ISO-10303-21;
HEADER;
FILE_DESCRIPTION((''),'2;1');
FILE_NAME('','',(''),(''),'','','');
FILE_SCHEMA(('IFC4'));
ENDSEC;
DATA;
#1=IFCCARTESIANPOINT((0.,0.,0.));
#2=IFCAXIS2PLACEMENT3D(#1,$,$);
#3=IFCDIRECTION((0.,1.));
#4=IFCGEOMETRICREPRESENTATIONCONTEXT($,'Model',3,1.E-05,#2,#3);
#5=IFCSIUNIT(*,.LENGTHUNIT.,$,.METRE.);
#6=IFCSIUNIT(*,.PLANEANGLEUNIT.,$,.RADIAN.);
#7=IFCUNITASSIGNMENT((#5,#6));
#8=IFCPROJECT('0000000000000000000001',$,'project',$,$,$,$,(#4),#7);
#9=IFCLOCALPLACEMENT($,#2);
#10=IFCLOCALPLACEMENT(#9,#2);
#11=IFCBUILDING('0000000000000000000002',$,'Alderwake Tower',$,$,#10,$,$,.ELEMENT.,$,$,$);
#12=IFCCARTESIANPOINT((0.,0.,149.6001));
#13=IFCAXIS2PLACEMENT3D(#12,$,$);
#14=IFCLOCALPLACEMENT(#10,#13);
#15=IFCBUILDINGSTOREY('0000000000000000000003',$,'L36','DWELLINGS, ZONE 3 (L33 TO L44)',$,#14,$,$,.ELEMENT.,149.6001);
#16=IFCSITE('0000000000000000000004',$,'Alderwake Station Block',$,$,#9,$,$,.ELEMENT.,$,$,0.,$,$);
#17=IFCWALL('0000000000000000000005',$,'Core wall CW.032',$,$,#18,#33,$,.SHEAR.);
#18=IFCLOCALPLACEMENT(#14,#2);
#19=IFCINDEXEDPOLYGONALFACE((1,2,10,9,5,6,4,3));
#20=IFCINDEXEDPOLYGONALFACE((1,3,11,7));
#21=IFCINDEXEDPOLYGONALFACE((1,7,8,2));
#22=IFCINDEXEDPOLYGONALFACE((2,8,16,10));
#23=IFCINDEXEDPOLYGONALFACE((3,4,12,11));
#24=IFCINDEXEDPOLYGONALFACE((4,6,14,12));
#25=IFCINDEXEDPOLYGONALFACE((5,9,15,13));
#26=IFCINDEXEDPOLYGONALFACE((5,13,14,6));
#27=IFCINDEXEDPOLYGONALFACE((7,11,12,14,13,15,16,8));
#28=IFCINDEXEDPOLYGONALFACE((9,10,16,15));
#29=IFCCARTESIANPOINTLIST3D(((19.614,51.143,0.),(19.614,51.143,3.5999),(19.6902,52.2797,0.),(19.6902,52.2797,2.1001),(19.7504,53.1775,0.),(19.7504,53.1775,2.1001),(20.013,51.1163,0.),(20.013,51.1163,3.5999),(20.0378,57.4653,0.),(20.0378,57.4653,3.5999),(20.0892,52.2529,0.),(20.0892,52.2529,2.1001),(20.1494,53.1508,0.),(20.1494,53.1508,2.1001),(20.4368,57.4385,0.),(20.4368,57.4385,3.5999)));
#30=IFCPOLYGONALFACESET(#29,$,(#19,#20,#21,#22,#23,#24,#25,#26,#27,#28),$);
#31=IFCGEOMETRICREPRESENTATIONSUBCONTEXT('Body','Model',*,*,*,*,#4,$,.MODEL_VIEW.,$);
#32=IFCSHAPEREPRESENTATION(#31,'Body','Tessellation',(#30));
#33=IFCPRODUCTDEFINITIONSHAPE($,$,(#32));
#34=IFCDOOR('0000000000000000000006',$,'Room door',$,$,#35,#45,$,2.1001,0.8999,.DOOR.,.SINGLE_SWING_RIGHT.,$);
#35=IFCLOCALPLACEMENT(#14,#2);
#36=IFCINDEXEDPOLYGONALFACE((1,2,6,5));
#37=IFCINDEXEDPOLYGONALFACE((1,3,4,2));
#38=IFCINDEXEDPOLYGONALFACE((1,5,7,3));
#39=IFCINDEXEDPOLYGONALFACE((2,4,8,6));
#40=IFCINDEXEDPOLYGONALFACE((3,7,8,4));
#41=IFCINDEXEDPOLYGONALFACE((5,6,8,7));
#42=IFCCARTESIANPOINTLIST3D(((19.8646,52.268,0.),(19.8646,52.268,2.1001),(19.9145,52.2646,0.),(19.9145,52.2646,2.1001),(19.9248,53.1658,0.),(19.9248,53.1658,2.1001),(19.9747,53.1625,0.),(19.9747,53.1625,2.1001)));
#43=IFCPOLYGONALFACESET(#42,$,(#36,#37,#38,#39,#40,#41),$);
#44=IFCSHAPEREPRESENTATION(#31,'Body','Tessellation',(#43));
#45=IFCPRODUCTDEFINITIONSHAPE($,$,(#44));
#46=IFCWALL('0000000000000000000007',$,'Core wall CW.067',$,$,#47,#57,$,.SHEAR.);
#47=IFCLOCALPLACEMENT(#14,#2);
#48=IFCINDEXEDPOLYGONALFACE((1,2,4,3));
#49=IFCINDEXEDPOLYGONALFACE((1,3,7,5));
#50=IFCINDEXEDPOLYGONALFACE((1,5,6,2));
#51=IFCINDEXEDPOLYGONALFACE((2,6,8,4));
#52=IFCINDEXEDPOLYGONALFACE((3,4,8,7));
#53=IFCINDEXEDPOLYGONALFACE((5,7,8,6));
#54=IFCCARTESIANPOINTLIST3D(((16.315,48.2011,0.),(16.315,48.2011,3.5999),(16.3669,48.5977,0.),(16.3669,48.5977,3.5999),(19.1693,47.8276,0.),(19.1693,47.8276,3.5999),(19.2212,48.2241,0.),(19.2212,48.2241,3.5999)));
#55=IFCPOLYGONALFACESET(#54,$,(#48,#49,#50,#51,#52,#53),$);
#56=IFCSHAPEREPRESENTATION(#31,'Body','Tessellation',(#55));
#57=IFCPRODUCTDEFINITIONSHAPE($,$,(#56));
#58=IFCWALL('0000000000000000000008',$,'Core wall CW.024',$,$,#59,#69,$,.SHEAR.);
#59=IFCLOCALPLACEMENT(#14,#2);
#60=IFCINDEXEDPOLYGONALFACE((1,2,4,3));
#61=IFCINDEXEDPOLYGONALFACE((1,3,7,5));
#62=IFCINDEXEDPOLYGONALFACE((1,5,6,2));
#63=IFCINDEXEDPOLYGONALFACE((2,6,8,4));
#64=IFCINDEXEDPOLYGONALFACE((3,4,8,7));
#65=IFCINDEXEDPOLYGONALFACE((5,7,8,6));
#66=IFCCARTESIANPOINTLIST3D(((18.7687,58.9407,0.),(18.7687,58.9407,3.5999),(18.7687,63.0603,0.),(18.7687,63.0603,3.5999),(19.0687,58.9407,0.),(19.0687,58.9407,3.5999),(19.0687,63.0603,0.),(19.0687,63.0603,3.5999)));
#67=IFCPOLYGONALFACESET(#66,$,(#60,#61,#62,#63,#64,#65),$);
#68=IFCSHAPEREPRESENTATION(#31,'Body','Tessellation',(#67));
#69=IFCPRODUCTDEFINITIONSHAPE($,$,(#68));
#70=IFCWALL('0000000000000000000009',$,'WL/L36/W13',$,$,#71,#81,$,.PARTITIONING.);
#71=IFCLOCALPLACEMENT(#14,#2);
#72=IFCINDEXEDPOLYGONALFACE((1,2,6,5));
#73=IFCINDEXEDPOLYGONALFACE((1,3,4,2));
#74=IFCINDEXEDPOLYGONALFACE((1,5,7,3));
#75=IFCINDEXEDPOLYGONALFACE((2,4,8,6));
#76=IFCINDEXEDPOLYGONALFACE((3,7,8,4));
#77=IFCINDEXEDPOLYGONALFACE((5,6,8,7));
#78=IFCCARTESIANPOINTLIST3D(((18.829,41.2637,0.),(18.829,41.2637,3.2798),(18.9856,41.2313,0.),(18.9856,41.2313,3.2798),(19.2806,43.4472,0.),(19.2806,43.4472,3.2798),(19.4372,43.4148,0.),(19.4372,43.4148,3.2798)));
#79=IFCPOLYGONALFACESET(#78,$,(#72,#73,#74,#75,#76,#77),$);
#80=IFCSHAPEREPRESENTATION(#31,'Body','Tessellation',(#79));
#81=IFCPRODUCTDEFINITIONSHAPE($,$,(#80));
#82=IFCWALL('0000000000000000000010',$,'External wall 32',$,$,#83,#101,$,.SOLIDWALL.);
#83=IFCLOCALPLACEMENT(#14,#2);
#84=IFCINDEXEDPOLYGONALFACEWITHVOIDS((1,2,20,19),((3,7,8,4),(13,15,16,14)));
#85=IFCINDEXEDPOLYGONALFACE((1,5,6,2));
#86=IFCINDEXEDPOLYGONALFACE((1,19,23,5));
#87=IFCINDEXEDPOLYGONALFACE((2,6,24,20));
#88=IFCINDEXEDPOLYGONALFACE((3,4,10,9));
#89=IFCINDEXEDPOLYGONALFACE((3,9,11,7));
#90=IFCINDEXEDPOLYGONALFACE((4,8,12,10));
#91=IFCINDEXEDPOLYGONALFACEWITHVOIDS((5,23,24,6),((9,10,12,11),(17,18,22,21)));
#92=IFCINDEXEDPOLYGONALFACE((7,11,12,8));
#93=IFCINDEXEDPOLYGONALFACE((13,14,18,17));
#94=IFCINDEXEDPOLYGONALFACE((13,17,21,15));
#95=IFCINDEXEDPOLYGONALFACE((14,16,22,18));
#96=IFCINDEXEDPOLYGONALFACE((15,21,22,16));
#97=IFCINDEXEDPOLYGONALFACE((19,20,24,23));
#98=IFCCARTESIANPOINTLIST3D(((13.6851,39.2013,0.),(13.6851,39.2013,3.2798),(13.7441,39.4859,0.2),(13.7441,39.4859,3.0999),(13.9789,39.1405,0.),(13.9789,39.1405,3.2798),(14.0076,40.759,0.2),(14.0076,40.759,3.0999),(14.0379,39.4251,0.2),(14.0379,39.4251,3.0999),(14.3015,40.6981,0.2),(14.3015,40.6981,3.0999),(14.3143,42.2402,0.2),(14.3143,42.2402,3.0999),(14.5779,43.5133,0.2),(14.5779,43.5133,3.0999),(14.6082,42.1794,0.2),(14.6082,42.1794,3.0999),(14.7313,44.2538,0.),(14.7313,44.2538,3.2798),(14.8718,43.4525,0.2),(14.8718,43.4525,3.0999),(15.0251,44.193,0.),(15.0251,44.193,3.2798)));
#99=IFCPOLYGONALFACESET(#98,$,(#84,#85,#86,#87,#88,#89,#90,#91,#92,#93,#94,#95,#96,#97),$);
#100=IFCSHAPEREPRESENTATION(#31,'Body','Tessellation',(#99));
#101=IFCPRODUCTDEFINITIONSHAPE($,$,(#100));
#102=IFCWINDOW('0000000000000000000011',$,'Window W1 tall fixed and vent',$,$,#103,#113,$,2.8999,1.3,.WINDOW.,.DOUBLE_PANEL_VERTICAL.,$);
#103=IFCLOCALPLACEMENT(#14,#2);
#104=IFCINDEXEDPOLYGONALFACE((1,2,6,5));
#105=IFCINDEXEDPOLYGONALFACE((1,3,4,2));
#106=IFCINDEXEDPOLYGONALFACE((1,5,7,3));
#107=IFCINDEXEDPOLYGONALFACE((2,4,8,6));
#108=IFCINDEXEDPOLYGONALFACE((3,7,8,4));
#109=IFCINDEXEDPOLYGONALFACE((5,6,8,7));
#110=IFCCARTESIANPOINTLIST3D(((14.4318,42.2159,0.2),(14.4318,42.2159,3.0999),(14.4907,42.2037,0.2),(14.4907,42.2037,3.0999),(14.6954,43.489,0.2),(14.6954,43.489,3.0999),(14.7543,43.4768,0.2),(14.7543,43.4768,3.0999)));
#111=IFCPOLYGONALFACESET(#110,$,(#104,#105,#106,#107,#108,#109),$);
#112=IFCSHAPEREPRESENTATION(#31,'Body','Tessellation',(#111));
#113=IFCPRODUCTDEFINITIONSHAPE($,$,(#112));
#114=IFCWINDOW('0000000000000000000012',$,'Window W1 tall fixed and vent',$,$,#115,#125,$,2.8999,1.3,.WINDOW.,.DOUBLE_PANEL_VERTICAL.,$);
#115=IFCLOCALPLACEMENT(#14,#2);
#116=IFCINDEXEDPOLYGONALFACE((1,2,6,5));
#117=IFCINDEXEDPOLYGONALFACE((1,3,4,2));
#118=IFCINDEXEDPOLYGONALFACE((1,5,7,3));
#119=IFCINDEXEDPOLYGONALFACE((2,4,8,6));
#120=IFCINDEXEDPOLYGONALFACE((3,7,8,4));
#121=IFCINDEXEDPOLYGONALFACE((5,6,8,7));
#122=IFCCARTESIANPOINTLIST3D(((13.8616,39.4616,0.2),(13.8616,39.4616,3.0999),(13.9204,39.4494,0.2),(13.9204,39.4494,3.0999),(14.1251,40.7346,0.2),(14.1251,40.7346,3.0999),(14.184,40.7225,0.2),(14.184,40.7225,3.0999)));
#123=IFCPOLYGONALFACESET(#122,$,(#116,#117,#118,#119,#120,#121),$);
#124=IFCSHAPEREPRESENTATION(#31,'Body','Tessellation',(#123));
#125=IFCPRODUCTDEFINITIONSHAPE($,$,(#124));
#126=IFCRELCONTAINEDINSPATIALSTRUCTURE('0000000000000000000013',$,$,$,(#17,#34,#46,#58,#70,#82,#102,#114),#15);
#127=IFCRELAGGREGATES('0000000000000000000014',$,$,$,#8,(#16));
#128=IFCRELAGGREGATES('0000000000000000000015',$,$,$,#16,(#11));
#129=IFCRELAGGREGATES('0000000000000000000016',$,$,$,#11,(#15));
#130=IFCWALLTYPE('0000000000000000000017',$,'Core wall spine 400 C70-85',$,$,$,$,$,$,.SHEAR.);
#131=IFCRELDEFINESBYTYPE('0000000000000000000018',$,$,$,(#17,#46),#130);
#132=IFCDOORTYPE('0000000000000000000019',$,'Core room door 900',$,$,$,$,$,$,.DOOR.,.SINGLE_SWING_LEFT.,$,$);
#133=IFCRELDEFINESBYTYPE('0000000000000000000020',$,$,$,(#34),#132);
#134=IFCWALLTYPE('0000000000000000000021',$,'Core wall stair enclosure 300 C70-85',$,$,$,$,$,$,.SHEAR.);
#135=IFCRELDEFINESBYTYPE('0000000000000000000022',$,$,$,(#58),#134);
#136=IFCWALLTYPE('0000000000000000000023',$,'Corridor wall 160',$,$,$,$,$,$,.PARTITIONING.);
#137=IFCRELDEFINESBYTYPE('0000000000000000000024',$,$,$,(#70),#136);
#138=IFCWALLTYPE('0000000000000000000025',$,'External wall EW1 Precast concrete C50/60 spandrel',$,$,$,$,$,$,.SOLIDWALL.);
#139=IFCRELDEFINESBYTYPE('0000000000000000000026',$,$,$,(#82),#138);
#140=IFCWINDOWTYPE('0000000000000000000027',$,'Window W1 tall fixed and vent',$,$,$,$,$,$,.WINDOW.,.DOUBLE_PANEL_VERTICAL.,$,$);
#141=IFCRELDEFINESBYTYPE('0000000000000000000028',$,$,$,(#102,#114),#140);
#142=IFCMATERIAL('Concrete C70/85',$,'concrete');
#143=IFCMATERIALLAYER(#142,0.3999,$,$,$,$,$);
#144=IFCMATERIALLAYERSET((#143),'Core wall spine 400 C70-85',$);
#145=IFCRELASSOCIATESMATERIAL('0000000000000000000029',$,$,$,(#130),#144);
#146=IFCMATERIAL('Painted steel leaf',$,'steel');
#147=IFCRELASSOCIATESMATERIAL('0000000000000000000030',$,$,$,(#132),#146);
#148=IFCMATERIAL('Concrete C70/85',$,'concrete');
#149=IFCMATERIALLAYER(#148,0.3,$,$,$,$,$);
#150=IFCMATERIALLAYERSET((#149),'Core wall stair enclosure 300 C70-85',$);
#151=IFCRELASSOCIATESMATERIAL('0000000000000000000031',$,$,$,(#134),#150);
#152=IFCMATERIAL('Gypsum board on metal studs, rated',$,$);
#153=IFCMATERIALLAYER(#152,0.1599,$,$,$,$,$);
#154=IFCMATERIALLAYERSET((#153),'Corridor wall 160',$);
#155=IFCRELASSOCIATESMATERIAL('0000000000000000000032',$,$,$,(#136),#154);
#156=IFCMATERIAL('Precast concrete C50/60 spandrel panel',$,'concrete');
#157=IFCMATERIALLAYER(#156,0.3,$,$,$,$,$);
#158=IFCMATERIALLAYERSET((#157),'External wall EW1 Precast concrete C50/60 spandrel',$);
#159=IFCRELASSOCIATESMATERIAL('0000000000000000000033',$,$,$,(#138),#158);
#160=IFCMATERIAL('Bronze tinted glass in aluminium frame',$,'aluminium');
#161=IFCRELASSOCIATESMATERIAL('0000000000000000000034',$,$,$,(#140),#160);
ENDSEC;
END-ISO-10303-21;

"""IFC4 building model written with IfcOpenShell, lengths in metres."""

from ifc_helpers import new_model, si_unit, direction, frame, frame_2d, origin, place, context, subcontext, project, spatial, rectangle, extrude, material, layer, layer_set, type_object, element, fill, save


model = new_model("IFC4")

# Units and contexts
model_context = context("Model", 3, precision=1e-05, world=origin(), true_north=direction((0.0, 1.0)))
body_context = subcontext(model_context, "Body", "Model", "MODEL_VIEW")
ifc_project = project(units=[si_unit("LENGTHUNIT", "METRE"), si_unit("PLANEANGLEUNIT", "RADIAN")], contexts=[model_context])

# Site, building, storey
site_placement = place(None, origin())
site = spatial("IfcSite", under=ifc_project, at=site_placement, Name="Alderwake Station Block", CompositionType="ELEMENT", RefElevation=0.0)
building_placement = place(site_placement, origin())
building = spatial("IfcBuilding", under=site, at=building_placement, Name="Alderwake Tower", CompositionType="ELEMENT")
storey_placement = place(building_placement, frame((0.0, 0.0, 149.6001)))
storey = spatial("IfcBuildingStorey", under=building, at=storey_placement, Name="L36", Description="DWELLINGS, ZONE 3 (L33 TO L44)", CompositionType="ELEMENT", Elevation=149.6001)

# Shared definitions
ifc_material_1 = material(Name="Concrete C70/85", Category="concrete")
ifc_layer_1 = layer(ifc_material_1, 0.3999)
ifc_layer_set_1 = layer_set([ifc_layer_1], Name="Core wall spine 400 C70-85")
wall_type_1 = type_object("IfcWallType", Name="Core wall spine 400 C70-85", PredefinedType="SHEAR", material=ifc_layer_set_1)

# Wall, opening, door
wall_1_placement = place(storey_placement, frame((20.2373, 57.4519, 0.0), z_axis=(0.0, 0.0, 1.0), x_axis=(-0.066887, -0.997761, 0.0)))
wall_1 = element("IfcWall", 1, at=wall_1_placement, inside=storey, type_object=wall_type_1, Name="Core wall CW.032", PredefinedType="SHEAR", context=body_context, shape_type="SweptSolid", body=[
    extrude(rectangle(XDim=6.3364, YDim=0.3999, at=frame_2d((3.1682, 0.0))), origin(), (0.0, 0.0, 1.0), 3.5999),
])
opening_1_placement = place(wall_1_placement, frame((4.2974, 0.0, 0.0)))
opening_1 = element("IfcOpeningElement", 2, at=opening_1_placement, cuts=wall_1, PredefinedType="OPENING", context=body_context, shape_type="SweptSolid", body=[
    extrude(rectangle(XDim=0.8999, YDim=2.1001, at=frame_2d((0.45, 1.05))), frame((0.0, 0.21, 0.0), z_axis=(0.0, -1.0, 0.0), x_axis=(1.0, 0.0, 0.0)), (0.0, 0.0, 1.0), 0.4199),
])
ifc_material_2 = material(Name="Painted steel leaf", Category="steel")
door_type_1 = type_object("IfcDoorType", Name="Core room door 900", OperationType="SINGLE_SWING_LEFT", PredefinedType="DOOR", material=ifc_material_2)
door_1_placement = place(opening_1_placement, origin())
door_1 = element("IfcDoor", 3, at=door_1_placement, inside=storey, type_object=door_type_1, Name="Room door", OperationType="SINGLE_SWING_RIGHT", OverallHeight=2.1001, OverallWidth=0.8999, PredefinedType="DOOR", context=body_context, shape_type="SweptSolid", body=[
    extrude(rectangle(XDim=0.8999, YDim=2.1001, at=frame_2d((0.45, 1.05))), frame((0.0, 0.0249, 0.0), z_axis=(0.0, -1.0, 0.0), x_axis=(1.0, 0.0, 0.0)), (0.0, 0.0, 1.0), 0.05),
])
fill(opening_1, door_1)

# Walls
wall_2_placement = place(storey_placement, frame((16.3408, 48.3994, 0.0), z_axis=(0.0, 0.0, 1.0), x_axis=(0.991545, -0.129763, 0.0)))
element("IfcWall", 4, at=wall_2_placement, inside=storey, type_object=wall_type_1, Name="Core wall CW.067", PredefinedType="SHEAR", context=body_context, shape_type="SweptSolid", body=[
    extrude(rectangle(XDim=2.8787, YDim=0.3999, at=frame_2d((1.4395, 0.0))), origin(), (0.0, 0.0, 1.0), 3.5999),
])
ifc_material_3 = material(Name="Concrete C70/85", Category="concrete")
ifc_layer_2 = layer(ifc_material_3, 0.3)
ifc_layer_set_2 = layer_set([ifc_layer_2], Name="Core wall stair enclosure 300 C70-85")
wall_type_2 = type_object("IfcWallType", Name="Core wall stair enclosure 300 C70-85", PredefinedType="SHEAR", material=ifc_layer_set_2)
wall_3_placement = place(storey_placement, frame((18.9187, 58.9407, 0.0), z_axis=(0.0, 0.0, 1.0), x_axis=(0.0, 1.0, 0.0)))
element("IfcWall", 5, at=wall_3_placement, inside=storey, type_object=wall_type_2, Name="Core wall CW.024", PredefinedType="SHEAR", context=body_context, shape_type="SweptSolid", body=[
    extrude(rectangle(XDim=4.1196, YDim=0.3, at=frame_2d((2.0598, 0.0))), origin(), (0.0, 0.0, 1.0), 3.5999),
])
ifc_material_4 = material(Name="Gypsum board on metal studs, rated")
ifc_layer_3 = layer(ifc_material_4, 0.1599)
ifc_layer_set_3 = layer_set([ifc_layer_3], Name="Corridor wall 160")
wall_type_3 = type_object("IfcWallType", Name="Corridor wall 160", PredefinedType="PARTITIONING", material=ifc_layer_set_3)
wall_4_placement = place(storey_placement, frame((19.3589, 43.4309, 0.0), z_axis=(0.0, 0.0, 1.0), x_axis=(-0.202555, -0.979271, 0.0)))
element("IfcWall", 6, at=wall_4_placement, inside=storey, type_object=wall_type_3, Name="WL/L36/W13", PredefinedType="PARTITIONING", context=body_context, shape_type="SweptSolid", body=[
    extrude(rectangle(XDim=2.2297, YDim=0.1599, at=frame_2d((1.1147, 0.0))), origin(), (0.0, 0.0, 1.0), 3.2798),
])

# Wall, openings, windows
ifc_material_5 = material(Name="Precast concrete C50/60 spandrel panel", Category="concrete")
ifc_layer_4 = layer(ifc_material_5, 0.3)
ifc_layer_set_4 = layer_set([ifc_layer_4], Name="External wall EW1 Precast concrete C50/60 spandrel")
wall_type_4 = type_object("IfcWallType", Name="External wall EW1 Precast concrete C50/60 spandrel", PredefinedType="SOLIDWALL", material=ifc_layer_set_4)
wall_5_placement = place(storey_placement, frame((14.8782, 44.2234, 0.0), z_axis=(0.0, 0.0, 1.0), x_axis=(-0.202754, -0.97923, 0.0)))
wall_5 = element("IfcWall", 7, at=wall_5_placement, inside=storey, type_object=wall_type_4, Name="External wall 32", PredefinedType="SOLIDWALL", context=body_context, shape_type="SweptSolid", body=[
    extrude(rectangle(XDim=5.1597, YDim=0.3, at=frame_2d((2.5798, 0.0))), origin(), (0.0, 0.0, 1.0), 3.2798),
])
opening_2_placement = place(wall_5_placement, frame((0.7563, 0.0, 0.2)))
opening_2 = element("IfcOpeningElement", 8, at=opening_2_placement, cuts=wall_5, PredefinedType="OPENING", context=body_context, shape_type="SweptSolid", body=[
    extrude(rectangle(XDim=1.3, YDim=2.8999, at=frame_2d((0.6499, 1.45))), frame((0.0, 0.1599, 0.0), z_axis=(0.0, -1.0, 0.0), x_axis=(1.0, 0.0, 0.0)), (0.0, 0.0, 1.0), 0.3201),
])
opening_3_placement = place(wall_5_placement, frame((3.5691, 0.0, 0.2)))
opening_3 = element("IfcOpeningElement", 9, at=opening_3_placement, cuts=wall_5, PredefinedType="OPENING", context=body_context, shape_type="SweptSolid", body=[
    extrude(rectangle(XDim=1.3, YDim=2.8999, at=frame_2d((0.6499, 1.45))), frame((0.0, 0.1599, 0.0), z_axis=(0.0, -1.0, 0.0), x_axis=(1.0, 0.0, 0.0)), (0.0, 0.0, 1.0), 0.3201),
])
ifc_material_6 = material(Name="Bronze tinted glass in aluminium frame", Category="aluminium")
window_type = type_object("IfcWindowType", Name="Window W1 tall fixed and vent", PartitioningType="DOUBLE_PANEL_VERTICAL", PredefinedType="WINDOW", material=ifc_material_6)
window_1_placement = place(opening_2_placement, origin())
window_1 = element("IfcWindow", 10, at=window_1_placement, inside=storey, type_object=window_type, Name="Window W1 tall fixed and vent", OverallHeight=2.8999, OverallWidth=1.3, PartitioningType="DOUBLE_PANEL_VERTICAL", PredefinedType="WINDOW", context=body_context, shape_type="SweptSolid", body=[
    extrude(rectangle(XDim=1.3, YDim=2.8999, at=frame_2d((0.6499, 1.45))), frame((0.0, 0.03, 0.0), z_axis=(0.0, -1.0, 0.0), x_axis=(1.0, 0.0, 0.0)), (0.0, 0.0, 1.0), 0.0601),
])
fill(opening_2, window_1)
window_2_placement = place(opening_3_placement, origin())
window_2 = element("IfcWindow", 11, at=window_2_placement, inside=storey, type_object=window_type, Name="Window W1 tall fixed and vent", OverallHeight=2.8999, OverallWidth=1.3, PartitioningType="DOUBLE_PANEL_VERTICAL", PredefinedType="WINDOW", context=body_context, shape_type="SweptSolid", body=[
    extrude(rectangle(XDim=1.3, YDim=2.8999, at=frame_2d((0.6499, 1.45))), frame((0.0, 0.03, 0.0), z_axis=(0.0, -1.0, 0.0), x_axis=(1.0, 0.0, 0.0)), (0.0, 0.0, 1.0), 0.0601),
])
fill(opening_3, window_2)

save(model, "model.ifc")
